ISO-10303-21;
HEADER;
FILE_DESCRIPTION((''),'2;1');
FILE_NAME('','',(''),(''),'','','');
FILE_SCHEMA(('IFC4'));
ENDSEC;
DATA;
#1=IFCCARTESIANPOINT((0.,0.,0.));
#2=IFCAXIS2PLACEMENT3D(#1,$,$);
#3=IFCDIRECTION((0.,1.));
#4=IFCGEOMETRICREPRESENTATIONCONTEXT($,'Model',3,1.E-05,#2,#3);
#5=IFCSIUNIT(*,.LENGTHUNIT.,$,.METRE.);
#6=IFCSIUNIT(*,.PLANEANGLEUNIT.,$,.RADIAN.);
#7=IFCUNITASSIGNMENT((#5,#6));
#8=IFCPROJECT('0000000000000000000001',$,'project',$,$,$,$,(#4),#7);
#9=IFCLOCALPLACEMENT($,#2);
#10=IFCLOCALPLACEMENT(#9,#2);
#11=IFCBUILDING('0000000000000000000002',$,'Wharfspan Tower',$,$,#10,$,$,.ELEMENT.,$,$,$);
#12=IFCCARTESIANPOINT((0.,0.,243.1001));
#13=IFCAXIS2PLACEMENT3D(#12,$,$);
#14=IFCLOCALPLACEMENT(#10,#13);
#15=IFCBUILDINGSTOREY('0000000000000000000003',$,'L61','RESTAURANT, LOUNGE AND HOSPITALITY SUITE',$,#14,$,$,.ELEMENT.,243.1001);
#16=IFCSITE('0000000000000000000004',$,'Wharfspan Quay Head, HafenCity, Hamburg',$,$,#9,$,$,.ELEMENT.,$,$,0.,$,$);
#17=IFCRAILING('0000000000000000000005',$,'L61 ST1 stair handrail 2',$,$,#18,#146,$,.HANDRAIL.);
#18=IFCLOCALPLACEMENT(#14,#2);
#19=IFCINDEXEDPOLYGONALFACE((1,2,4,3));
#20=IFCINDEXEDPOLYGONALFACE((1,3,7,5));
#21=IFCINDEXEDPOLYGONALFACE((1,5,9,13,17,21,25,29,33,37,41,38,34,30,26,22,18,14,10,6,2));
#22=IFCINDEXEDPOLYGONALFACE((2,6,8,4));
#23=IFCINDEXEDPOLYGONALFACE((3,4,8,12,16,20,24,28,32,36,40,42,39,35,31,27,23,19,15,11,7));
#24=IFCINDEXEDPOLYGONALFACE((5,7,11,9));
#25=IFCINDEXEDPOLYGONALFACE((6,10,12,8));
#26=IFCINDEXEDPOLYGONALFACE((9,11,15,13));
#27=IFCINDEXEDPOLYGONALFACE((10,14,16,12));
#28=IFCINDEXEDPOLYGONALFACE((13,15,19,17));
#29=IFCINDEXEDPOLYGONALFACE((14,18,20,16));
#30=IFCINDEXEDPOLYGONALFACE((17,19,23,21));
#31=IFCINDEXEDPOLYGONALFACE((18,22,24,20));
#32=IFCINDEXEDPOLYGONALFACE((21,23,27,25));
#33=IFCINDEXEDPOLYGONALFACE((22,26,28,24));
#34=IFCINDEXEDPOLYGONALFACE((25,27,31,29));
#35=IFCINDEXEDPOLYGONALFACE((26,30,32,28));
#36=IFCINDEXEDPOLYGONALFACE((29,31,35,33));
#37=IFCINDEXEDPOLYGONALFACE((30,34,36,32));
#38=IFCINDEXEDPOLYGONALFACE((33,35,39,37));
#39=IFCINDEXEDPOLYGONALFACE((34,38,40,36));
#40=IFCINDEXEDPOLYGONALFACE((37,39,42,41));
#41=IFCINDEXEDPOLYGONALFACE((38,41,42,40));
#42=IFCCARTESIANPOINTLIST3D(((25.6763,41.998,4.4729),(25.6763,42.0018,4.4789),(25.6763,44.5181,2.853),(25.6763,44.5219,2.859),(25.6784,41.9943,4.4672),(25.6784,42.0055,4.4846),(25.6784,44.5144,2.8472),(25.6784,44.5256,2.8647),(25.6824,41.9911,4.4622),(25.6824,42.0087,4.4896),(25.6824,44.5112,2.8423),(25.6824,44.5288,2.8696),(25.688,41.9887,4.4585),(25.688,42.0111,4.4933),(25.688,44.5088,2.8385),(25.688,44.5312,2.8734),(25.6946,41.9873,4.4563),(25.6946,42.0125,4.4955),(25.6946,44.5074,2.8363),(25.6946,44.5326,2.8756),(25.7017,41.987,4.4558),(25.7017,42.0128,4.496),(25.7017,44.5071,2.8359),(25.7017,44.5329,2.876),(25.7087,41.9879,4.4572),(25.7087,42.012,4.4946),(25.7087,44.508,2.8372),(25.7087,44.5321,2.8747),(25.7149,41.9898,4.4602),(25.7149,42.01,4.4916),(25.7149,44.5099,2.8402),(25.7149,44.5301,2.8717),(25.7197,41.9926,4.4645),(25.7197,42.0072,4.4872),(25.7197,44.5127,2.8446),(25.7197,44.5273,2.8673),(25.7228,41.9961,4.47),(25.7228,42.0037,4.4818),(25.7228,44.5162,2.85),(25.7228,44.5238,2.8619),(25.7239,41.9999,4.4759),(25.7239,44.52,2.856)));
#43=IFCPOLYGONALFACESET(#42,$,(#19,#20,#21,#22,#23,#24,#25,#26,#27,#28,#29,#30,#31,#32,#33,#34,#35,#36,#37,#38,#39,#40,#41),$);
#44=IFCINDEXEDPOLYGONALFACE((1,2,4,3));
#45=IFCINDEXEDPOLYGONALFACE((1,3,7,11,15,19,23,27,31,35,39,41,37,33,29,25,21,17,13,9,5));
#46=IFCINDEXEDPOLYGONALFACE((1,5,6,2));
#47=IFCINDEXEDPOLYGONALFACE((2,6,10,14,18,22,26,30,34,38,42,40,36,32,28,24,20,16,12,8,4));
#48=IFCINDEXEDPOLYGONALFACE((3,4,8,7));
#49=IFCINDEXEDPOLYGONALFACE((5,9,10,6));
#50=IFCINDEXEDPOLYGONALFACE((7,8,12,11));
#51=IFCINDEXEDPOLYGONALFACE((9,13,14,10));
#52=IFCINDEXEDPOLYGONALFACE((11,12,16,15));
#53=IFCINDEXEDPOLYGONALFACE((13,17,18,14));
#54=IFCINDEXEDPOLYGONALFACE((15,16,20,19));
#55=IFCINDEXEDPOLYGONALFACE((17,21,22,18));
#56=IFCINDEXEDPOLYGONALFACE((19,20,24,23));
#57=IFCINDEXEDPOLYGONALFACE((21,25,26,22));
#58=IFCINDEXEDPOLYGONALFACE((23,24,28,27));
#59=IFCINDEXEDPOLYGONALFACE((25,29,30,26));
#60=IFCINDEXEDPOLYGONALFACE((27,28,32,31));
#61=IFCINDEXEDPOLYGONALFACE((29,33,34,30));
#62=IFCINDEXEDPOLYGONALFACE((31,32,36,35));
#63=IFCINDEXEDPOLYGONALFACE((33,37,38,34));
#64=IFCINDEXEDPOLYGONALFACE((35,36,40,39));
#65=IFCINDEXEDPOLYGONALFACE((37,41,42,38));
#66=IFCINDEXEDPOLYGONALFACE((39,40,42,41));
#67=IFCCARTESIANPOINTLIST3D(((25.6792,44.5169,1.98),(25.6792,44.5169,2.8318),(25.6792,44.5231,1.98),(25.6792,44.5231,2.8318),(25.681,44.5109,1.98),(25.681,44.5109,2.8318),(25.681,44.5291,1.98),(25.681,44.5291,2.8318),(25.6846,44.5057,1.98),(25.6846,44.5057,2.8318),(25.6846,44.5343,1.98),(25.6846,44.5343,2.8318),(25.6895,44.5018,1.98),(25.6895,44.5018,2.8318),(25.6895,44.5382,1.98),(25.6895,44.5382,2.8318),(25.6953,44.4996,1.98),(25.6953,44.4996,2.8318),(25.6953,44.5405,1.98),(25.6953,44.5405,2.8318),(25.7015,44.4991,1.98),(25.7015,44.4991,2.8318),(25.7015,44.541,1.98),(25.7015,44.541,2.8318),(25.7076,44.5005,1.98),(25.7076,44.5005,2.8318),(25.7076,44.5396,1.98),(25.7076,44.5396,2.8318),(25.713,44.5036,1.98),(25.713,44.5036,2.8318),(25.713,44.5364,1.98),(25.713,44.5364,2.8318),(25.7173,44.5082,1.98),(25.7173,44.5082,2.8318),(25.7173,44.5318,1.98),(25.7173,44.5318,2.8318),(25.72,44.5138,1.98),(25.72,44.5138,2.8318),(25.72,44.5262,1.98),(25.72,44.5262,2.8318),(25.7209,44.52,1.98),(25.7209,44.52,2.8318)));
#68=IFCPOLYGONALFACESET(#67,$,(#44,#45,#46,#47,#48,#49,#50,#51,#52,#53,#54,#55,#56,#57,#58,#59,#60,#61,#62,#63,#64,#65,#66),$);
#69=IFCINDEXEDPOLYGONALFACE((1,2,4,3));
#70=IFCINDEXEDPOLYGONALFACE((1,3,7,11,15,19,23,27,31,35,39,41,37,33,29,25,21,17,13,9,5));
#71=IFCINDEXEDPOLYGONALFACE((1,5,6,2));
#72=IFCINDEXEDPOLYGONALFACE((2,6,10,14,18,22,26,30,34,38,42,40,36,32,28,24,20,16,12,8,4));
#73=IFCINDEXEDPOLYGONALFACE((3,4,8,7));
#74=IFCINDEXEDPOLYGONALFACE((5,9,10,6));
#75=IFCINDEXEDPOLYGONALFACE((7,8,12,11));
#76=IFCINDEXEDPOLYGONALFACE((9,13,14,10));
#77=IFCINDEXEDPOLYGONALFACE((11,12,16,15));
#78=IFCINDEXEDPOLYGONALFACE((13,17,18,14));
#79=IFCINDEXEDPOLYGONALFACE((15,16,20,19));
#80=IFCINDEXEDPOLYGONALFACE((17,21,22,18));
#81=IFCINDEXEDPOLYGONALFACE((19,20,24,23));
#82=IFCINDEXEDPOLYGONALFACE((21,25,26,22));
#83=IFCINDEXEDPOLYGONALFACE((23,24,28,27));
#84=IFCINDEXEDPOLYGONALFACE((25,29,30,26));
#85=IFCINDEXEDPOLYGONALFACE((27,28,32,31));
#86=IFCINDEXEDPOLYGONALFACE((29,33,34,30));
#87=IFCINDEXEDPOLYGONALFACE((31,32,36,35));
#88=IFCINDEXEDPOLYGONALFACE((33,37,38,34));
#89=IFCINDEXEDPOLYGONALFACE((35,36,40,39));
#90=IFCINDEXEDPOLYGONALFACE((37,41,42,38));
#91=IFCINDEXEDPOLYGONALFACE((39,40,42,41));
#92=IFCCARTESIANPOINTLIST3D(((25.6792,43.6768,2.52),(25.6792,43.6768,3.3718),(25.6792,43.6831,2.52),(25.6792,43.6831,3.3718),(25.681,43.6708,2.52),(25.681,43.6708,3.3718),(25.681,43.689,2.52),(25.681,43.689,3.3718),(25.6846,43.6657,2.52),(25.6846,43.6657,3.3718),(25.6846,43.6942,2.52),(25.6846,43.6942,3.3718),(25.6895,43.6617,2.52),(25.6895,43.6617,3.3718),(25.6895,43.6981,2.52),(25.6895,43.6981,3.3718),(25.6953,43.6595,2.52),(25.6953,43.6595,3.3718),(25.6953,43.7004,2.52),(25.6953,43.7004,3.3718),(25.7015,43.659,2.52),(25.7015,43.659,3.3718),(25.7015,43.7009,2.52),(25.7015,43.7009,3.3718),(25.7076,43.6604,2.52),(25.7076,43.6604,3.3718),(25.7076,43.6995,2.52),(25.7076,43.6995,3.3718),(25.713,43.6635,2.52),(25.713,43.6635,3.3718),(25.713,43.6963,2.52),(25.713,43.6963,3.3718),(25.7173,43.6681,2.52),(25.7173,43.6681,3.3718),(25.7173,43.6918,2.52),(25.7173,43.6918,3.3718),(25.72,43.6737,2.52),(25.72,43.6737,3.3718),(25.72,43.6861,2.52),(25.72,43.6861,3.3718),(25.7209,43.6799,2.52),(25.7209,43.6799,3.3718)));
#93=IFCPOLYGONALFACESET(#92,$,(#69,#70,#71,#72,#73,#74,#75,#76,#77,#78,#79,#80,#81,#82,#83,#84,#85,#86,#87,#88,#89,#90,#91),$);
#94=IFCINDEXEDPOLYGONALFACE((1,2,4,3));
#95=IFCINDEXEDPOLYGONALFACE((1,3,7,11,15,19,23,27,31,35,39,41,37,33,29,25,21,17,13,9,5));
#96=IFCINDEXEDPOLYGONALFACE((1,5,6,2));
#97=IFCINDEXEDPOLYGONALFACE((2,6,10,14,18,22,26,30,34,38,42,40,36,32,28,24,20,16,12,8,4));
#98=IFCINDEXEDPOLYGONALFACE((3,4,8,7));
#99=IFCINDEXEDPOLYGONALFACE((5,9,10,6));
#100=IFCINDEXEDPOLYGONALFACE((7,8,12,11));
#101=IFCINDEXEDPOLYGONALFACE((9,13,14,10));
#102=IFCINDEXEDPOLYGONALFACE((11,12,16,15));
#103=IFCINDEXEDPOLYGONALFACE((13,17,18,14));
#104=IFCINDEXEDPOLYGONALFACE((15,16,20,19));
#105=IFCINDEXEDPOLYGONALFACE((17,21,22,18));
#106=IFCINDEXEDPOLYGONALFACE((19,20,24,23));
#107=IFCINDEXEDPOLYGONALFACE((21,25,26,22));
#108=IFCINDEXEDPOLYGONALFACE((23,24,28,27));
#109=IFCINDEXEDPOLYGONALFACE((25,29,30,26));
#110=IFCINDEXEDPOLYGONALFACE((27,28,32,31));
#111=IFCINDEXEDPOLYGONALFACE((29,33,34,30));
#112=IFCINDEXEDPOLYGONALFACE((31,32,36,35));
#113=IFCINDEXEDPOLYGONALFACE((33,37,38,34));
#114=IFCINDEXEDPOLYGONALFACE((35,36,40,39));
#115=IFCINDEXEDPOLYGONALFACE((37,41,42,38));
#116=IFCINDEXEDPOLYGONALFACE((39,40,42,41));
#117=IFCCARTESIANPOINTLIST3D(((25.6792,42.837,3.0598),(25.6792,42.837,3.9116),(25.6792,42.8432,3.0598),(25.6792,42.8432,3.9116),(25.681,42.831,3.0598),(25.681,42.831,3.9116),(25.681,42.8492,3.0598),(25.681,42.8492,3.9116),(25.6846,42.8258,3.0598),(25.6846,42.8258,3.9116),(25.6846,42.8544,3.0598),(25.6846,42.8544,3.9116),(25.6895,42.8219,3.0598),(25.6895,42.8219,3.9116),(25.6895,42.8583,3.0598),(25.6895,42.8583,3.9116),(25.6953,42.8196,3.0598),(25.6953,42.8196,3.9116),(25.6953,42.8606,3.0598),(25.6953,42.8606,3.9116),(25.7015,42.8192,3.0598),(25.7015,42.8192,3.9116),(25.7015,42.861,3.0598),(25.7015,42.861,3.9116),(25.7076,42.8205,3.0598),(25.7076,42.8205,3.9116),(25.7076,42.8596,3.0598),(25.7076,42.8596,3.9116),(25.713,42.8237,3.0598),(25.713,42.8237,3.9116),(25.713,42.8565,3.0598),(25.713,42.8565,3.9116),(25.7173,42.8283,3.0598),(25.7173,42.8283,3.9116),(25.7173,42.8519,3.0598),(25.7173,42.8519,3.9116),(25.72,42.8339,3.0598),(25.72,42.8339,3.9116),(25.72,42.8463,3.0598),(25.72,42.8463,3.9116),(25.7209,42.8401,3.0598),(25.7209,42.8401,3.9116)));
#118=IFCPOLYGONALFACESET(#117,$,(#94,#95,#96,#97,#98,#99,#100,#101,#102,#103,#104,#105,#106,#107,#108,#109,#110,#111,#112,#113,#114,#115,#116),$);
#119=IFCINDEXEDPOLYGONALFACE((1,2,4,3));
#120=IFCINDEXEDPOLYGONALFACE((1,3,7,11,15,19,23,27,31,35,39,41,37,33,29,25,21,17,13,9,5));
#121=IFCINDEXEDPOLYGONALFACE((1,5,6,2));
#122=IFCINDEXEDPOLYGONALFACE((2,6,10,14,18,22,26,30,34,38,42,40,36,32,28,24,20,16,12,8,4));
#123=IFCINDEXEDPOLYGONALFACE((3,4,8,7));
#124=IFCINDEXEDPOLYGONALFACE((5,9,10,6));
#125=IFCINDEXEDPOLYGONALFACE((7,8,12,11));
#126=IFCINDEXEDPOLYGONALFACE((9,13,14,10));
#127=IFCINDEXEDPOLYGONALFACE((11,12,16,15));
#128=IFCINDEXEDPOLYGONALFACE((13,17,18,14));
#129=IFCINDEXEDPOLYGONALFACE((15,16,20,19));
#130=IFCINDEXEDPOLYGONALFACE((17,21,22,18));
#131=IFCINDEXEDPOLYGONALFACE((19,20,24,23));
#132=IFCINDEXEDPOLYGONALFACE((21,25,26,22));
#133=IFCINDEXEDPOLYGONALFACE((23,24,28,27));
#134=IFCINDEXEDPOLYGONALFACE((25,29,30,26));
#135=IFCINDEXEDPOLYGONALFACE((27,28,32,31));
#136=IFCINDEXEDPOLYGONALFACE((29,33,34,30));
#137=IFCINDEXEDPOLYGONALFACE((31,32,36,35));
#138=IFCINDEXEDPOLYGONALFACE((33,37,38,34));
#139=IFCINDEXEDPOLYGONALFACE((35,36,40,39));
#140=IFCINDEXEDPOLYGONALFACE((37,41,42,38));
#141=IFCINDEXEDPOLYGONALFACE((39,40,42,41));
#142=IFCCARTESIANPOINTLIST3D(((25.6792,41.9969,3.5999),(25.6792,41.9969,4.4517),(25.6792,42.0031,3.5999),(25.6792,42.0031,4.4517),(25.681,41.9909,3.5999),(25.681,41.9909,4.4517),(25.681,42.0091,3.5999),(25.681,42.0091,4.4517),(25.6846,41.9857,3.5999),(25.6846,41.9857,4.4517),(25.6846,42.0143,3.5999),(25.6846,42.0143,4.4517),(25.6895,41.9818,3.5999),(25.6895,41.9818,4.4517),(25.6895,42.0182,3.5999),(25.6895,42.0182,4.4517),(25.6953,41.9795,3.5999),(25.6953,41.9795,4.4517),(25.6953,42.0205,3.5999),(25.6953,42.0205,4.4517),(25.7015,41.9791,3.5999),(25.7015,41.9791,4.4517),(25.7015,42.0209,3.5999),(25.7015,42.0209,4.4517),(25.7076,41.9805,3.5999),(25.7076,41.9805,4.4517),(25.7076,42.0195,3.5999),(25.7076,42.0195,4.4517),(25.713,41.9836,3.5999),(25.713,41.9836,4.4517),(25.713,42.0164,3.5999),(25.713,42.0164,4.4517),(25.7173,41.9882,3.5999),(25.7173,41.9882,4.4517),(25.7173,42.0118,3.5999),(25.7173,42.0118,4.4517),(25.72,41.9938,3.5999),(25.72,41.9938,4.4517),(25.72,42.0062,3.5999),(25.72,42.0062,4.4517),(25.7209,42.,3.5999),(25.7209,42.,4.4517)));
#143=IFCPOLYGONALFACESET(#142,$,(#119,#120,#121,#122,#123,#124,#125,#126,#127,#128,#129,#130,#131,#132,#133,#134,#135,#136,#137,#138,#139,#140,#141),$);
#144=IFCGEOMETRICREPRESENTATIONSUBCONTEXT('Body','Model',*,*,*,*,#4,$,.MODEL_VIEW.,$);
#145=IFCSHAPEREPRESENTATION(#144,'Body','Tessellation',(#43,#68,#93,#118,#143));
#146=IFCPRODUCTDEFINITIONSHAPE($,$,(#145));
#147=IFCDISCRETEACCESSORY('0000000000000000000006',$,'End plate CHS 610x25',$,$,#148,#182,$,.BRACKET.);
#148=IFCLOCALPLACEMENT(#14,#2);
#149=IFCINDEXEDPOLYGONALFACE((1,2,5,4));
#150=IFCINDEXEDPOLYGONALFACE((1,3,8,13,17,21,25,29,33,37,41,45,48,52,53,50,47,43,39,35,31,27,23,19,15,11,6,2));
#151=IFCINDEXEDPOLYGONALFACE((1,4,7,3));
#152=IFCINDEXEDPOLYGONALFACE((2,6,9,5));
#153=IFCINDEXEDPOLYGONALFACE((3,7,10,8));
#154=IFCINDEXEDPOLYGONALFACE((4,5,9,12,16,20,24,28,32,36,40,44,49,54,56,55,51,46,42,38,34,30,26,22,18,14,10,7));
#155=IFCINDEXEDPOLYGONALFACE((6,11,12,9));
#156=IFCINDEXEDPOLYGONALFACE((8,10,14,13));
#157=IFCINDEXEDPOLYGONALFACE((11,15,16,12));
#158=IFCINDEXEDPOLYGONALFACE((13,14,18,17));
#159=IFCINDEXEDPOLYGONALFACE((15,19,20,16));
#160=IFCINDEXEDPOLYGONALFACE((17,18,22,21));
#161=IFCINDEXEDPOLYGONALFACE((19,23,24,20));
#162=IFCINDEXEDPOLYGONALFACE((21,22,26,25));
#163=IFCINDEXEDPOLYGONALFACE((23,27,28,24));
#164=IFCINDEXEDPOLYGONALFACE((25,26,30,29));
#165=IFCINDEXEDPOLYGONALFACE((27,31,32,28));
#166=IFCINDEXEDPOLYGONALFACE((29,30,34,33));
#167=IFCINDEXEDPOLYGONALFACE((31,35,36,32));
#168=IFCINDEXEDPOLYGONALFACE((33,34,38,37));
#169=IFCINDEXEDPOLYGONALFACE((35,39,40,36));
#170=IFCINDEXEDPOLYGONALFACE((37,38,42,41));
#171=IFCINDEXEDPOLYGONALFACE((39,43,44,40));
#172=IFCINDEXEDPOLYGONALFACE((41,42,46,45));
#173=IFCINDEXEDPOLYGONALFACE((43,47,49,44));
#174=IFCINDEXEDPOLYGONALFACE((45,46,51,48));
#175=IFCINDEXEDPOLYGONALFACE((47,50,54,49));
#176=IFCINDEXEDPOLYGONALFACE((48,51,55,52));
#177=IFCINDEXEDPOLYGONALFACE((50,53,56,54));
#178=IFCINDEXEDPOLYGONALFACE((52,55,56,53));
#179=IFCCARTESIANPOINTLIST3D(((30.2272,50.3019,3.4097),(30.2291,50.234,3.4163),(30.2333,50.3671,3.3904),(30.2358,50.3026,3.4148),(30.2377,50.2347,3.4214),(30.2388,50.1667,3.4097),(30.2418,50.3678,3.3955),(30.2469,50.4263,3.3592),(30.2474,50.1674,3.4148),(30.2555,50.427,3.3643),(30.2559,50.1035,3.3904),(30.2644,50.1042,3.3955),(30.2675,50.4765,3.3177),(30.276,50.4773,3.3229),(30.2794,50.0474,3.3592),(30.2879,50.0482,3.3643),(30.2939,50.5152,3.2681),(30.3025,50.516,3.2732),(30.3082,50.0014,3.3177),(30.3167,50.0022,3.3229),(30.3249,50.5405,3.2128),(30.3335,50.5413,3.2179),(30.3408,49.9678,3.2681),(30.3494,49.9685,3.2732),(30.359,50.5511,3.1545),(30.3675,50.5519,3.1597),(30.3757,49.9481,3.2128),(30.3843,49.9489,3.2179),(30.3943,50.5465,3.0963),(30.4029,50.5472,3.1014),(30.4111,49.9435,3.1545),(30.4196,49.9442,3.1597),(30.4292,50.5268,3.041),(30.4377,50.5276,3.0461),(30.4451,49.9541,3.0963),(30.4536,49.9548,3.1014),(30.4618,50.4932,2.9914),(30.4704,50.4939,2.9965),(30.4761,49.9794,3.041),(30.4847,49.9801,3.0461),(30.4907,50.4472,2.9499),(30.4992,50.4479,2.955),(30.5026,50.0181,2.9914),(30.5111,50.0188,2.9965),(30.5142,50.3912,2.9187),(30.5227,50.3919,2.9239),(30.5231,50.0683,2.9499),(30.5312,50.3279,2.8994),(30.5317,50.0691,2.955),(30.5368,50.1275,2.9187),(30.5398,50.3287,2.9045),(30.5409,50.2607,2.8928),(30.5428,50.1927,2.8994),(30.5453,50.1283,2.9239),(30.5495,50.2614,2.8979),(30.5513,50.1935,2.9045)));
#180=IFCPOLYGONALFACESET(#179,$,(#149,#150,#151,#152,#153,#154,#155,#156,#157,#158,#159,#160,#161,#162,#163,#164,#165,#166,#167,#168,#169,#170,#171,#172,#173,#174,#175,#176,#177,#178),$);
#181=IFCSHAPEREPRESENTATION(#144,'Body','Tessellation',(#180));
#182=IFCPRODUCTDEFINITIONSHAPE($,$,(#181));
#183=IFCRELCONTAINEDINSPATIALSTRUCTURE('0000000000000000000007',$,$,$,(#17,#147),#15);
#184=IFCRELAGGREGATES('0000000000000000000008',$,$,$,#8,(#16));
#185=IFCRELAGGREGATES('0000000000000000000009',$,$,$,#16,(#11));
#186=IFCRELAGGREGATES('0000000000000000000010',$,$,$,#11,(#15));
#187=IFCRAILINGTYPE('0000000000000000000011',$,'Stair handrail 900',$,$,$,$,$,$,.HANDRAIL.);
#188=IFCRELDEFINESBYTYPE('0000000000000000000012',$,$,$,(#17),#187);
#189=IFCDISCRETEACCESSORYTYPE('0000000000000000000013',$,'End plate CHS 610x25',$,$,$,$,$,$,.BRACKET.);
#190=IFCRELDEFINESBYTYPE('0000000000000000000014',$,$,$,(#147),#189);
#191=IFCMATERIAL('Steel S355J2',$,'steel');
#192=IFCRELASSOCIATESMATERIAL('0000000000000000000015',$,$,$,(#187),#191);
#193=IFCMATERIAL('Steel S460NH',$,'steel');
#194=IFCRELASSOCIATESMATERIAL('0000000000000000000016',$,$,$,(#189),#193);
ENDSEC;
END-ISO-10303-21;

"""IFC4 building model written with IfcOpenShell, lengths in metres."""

from ifc_helpers import new_model, si_unit, direction, frame, origin, origin_2d, place, context, subcontext, project, spatial, circle, extrude, material, material_profile, profile_set, type_object, element, save


model = new_model("IFC4")

# Units and contexts
model_context = context("Model", 3, precision=1e-05, world=origin(), true_north=direction((0.0, 1.0)))
body_context = subcontext(model_context, "Body", "Model", "MODEL_VIEW")
ifc_project = project(units=[si_unit("LENGTHUNIT", "METRE"), si_unit("PLANEANGLEUNIT", "RADIAN")], contexts=[model_context])

# Site, building, storey
site_placement = place(None, origin())
site = spatial("IfcSite", under=ifc_project, at=site_placement, Name="Wharfspan Quay Head, HafenCity, Hamburg", CompositionType="ELEMENT", RefElevation=0.0)
building_placement = place(site_placement, origin())
building = spatial("IfcBuilding", under=site, at=building_placement, Name="Wharfspan Tower", CompositionType="ELEMENT")
storey_placement = place(building_placement, frame((0.0, 0.0, 243.1001)))
storey = spatial("IfcBuildingStorey", under=building, at=storey_placement, Name="L61", Description="RESTAURANT, LOUNGE AND HOSPITALITY SUITE", CompositionType="ELEMENT", Elevation=243.1001)

# Shared definitions
ifc_material_1 = material(Name="Steel S355J2", Category="steel")

# Shared definitions
ifc_material_2 = material(Name="Steel S460NH", Category="steel")

# Railing
railing_type_1 = type_object("IfcRailingType", Name="Stair handrail 900", PredefinedType="HANDRAIL", material=ifc_material_1)
railing_1_placement = place(storey_placement, frame((25.7, 44.52, 1.98)))
element("IfcRailing", 1, at=railing_1_placement, inside=storey, type_object=railing_type_1, Name="L61 ST1 stair handrail 2", PredefinedType="HANDRAIL", context=body_context, shape_type="SweptSolid", body=[
    extrude(circle(Radius=0.0239, at=origin_2d()), frame((0.0, 0.0, 0.876), z_axis=(0.0, -0.8412, 0.540725), x_axis=(1.0, 0.0, 0.0)), (0.0, 0.0, 1.0), 2.9958),
    extrude(circle(Radius=0.021, at=origin_2d()), origin(), (0.0, 0.0, 1.0), 0.8518),
    extrude(circle(Radius=0.021, at=origin_2d()), frame((0.0, -0.8401, 0.54)), (0.0, 0.0, 1.0), 0.8518),
    extrude(circle(Radius=0.021, at=origin_2d()), frame((0.0, -1.6799, 1.0798)), (0.0, 0.0, 1.0), 0.8518),
    extrude(circle(Radius=0.021, at=origin_2d()), frame((0.0, -2.52, 1.6199)), (0.0, 0.0, 1.0), 0.8518),
])

# Discrete accessory
ifc_material_profile_1 = material_profile(ifc_material_2, circle(Radius=0.3049, at=origin_2d()))
ifc_profile_set_1 = profile_set([ifc_material_profile_1], Name="Steel S460NH")
discrete_accessory_type = type_object("IfcDiscreteAccessoryType", Name="End plate CHS 610x25", PredefinedType="BRACKET", material=ifc_profile_set_1)
for number, where, z_axis, x_axis, name in (
    (2, (30.385, 50.2473, 3.1545), (0.855186, 0.073302, 0.513112), (-0.085402, 0.996345, 0.000001), "End plate CHS 610x25"),
):
    element("IfcDiscreteAccessory", number, at=place(storey_placement, frame(where, z_axis=z_axis, x_axis=x_axis)), inside=storey, type_object=discrete_accessory_type, Name=name, PredefinedType="BRACKET", context=body_context, shape_type="SweptSolid", body=[
        extrude(circle(Radius=0.3049, at=origin_2d()), origin(), (0.0, 0.0, 1.0), 0.01),
    ])

save(model, "model.ifc")
